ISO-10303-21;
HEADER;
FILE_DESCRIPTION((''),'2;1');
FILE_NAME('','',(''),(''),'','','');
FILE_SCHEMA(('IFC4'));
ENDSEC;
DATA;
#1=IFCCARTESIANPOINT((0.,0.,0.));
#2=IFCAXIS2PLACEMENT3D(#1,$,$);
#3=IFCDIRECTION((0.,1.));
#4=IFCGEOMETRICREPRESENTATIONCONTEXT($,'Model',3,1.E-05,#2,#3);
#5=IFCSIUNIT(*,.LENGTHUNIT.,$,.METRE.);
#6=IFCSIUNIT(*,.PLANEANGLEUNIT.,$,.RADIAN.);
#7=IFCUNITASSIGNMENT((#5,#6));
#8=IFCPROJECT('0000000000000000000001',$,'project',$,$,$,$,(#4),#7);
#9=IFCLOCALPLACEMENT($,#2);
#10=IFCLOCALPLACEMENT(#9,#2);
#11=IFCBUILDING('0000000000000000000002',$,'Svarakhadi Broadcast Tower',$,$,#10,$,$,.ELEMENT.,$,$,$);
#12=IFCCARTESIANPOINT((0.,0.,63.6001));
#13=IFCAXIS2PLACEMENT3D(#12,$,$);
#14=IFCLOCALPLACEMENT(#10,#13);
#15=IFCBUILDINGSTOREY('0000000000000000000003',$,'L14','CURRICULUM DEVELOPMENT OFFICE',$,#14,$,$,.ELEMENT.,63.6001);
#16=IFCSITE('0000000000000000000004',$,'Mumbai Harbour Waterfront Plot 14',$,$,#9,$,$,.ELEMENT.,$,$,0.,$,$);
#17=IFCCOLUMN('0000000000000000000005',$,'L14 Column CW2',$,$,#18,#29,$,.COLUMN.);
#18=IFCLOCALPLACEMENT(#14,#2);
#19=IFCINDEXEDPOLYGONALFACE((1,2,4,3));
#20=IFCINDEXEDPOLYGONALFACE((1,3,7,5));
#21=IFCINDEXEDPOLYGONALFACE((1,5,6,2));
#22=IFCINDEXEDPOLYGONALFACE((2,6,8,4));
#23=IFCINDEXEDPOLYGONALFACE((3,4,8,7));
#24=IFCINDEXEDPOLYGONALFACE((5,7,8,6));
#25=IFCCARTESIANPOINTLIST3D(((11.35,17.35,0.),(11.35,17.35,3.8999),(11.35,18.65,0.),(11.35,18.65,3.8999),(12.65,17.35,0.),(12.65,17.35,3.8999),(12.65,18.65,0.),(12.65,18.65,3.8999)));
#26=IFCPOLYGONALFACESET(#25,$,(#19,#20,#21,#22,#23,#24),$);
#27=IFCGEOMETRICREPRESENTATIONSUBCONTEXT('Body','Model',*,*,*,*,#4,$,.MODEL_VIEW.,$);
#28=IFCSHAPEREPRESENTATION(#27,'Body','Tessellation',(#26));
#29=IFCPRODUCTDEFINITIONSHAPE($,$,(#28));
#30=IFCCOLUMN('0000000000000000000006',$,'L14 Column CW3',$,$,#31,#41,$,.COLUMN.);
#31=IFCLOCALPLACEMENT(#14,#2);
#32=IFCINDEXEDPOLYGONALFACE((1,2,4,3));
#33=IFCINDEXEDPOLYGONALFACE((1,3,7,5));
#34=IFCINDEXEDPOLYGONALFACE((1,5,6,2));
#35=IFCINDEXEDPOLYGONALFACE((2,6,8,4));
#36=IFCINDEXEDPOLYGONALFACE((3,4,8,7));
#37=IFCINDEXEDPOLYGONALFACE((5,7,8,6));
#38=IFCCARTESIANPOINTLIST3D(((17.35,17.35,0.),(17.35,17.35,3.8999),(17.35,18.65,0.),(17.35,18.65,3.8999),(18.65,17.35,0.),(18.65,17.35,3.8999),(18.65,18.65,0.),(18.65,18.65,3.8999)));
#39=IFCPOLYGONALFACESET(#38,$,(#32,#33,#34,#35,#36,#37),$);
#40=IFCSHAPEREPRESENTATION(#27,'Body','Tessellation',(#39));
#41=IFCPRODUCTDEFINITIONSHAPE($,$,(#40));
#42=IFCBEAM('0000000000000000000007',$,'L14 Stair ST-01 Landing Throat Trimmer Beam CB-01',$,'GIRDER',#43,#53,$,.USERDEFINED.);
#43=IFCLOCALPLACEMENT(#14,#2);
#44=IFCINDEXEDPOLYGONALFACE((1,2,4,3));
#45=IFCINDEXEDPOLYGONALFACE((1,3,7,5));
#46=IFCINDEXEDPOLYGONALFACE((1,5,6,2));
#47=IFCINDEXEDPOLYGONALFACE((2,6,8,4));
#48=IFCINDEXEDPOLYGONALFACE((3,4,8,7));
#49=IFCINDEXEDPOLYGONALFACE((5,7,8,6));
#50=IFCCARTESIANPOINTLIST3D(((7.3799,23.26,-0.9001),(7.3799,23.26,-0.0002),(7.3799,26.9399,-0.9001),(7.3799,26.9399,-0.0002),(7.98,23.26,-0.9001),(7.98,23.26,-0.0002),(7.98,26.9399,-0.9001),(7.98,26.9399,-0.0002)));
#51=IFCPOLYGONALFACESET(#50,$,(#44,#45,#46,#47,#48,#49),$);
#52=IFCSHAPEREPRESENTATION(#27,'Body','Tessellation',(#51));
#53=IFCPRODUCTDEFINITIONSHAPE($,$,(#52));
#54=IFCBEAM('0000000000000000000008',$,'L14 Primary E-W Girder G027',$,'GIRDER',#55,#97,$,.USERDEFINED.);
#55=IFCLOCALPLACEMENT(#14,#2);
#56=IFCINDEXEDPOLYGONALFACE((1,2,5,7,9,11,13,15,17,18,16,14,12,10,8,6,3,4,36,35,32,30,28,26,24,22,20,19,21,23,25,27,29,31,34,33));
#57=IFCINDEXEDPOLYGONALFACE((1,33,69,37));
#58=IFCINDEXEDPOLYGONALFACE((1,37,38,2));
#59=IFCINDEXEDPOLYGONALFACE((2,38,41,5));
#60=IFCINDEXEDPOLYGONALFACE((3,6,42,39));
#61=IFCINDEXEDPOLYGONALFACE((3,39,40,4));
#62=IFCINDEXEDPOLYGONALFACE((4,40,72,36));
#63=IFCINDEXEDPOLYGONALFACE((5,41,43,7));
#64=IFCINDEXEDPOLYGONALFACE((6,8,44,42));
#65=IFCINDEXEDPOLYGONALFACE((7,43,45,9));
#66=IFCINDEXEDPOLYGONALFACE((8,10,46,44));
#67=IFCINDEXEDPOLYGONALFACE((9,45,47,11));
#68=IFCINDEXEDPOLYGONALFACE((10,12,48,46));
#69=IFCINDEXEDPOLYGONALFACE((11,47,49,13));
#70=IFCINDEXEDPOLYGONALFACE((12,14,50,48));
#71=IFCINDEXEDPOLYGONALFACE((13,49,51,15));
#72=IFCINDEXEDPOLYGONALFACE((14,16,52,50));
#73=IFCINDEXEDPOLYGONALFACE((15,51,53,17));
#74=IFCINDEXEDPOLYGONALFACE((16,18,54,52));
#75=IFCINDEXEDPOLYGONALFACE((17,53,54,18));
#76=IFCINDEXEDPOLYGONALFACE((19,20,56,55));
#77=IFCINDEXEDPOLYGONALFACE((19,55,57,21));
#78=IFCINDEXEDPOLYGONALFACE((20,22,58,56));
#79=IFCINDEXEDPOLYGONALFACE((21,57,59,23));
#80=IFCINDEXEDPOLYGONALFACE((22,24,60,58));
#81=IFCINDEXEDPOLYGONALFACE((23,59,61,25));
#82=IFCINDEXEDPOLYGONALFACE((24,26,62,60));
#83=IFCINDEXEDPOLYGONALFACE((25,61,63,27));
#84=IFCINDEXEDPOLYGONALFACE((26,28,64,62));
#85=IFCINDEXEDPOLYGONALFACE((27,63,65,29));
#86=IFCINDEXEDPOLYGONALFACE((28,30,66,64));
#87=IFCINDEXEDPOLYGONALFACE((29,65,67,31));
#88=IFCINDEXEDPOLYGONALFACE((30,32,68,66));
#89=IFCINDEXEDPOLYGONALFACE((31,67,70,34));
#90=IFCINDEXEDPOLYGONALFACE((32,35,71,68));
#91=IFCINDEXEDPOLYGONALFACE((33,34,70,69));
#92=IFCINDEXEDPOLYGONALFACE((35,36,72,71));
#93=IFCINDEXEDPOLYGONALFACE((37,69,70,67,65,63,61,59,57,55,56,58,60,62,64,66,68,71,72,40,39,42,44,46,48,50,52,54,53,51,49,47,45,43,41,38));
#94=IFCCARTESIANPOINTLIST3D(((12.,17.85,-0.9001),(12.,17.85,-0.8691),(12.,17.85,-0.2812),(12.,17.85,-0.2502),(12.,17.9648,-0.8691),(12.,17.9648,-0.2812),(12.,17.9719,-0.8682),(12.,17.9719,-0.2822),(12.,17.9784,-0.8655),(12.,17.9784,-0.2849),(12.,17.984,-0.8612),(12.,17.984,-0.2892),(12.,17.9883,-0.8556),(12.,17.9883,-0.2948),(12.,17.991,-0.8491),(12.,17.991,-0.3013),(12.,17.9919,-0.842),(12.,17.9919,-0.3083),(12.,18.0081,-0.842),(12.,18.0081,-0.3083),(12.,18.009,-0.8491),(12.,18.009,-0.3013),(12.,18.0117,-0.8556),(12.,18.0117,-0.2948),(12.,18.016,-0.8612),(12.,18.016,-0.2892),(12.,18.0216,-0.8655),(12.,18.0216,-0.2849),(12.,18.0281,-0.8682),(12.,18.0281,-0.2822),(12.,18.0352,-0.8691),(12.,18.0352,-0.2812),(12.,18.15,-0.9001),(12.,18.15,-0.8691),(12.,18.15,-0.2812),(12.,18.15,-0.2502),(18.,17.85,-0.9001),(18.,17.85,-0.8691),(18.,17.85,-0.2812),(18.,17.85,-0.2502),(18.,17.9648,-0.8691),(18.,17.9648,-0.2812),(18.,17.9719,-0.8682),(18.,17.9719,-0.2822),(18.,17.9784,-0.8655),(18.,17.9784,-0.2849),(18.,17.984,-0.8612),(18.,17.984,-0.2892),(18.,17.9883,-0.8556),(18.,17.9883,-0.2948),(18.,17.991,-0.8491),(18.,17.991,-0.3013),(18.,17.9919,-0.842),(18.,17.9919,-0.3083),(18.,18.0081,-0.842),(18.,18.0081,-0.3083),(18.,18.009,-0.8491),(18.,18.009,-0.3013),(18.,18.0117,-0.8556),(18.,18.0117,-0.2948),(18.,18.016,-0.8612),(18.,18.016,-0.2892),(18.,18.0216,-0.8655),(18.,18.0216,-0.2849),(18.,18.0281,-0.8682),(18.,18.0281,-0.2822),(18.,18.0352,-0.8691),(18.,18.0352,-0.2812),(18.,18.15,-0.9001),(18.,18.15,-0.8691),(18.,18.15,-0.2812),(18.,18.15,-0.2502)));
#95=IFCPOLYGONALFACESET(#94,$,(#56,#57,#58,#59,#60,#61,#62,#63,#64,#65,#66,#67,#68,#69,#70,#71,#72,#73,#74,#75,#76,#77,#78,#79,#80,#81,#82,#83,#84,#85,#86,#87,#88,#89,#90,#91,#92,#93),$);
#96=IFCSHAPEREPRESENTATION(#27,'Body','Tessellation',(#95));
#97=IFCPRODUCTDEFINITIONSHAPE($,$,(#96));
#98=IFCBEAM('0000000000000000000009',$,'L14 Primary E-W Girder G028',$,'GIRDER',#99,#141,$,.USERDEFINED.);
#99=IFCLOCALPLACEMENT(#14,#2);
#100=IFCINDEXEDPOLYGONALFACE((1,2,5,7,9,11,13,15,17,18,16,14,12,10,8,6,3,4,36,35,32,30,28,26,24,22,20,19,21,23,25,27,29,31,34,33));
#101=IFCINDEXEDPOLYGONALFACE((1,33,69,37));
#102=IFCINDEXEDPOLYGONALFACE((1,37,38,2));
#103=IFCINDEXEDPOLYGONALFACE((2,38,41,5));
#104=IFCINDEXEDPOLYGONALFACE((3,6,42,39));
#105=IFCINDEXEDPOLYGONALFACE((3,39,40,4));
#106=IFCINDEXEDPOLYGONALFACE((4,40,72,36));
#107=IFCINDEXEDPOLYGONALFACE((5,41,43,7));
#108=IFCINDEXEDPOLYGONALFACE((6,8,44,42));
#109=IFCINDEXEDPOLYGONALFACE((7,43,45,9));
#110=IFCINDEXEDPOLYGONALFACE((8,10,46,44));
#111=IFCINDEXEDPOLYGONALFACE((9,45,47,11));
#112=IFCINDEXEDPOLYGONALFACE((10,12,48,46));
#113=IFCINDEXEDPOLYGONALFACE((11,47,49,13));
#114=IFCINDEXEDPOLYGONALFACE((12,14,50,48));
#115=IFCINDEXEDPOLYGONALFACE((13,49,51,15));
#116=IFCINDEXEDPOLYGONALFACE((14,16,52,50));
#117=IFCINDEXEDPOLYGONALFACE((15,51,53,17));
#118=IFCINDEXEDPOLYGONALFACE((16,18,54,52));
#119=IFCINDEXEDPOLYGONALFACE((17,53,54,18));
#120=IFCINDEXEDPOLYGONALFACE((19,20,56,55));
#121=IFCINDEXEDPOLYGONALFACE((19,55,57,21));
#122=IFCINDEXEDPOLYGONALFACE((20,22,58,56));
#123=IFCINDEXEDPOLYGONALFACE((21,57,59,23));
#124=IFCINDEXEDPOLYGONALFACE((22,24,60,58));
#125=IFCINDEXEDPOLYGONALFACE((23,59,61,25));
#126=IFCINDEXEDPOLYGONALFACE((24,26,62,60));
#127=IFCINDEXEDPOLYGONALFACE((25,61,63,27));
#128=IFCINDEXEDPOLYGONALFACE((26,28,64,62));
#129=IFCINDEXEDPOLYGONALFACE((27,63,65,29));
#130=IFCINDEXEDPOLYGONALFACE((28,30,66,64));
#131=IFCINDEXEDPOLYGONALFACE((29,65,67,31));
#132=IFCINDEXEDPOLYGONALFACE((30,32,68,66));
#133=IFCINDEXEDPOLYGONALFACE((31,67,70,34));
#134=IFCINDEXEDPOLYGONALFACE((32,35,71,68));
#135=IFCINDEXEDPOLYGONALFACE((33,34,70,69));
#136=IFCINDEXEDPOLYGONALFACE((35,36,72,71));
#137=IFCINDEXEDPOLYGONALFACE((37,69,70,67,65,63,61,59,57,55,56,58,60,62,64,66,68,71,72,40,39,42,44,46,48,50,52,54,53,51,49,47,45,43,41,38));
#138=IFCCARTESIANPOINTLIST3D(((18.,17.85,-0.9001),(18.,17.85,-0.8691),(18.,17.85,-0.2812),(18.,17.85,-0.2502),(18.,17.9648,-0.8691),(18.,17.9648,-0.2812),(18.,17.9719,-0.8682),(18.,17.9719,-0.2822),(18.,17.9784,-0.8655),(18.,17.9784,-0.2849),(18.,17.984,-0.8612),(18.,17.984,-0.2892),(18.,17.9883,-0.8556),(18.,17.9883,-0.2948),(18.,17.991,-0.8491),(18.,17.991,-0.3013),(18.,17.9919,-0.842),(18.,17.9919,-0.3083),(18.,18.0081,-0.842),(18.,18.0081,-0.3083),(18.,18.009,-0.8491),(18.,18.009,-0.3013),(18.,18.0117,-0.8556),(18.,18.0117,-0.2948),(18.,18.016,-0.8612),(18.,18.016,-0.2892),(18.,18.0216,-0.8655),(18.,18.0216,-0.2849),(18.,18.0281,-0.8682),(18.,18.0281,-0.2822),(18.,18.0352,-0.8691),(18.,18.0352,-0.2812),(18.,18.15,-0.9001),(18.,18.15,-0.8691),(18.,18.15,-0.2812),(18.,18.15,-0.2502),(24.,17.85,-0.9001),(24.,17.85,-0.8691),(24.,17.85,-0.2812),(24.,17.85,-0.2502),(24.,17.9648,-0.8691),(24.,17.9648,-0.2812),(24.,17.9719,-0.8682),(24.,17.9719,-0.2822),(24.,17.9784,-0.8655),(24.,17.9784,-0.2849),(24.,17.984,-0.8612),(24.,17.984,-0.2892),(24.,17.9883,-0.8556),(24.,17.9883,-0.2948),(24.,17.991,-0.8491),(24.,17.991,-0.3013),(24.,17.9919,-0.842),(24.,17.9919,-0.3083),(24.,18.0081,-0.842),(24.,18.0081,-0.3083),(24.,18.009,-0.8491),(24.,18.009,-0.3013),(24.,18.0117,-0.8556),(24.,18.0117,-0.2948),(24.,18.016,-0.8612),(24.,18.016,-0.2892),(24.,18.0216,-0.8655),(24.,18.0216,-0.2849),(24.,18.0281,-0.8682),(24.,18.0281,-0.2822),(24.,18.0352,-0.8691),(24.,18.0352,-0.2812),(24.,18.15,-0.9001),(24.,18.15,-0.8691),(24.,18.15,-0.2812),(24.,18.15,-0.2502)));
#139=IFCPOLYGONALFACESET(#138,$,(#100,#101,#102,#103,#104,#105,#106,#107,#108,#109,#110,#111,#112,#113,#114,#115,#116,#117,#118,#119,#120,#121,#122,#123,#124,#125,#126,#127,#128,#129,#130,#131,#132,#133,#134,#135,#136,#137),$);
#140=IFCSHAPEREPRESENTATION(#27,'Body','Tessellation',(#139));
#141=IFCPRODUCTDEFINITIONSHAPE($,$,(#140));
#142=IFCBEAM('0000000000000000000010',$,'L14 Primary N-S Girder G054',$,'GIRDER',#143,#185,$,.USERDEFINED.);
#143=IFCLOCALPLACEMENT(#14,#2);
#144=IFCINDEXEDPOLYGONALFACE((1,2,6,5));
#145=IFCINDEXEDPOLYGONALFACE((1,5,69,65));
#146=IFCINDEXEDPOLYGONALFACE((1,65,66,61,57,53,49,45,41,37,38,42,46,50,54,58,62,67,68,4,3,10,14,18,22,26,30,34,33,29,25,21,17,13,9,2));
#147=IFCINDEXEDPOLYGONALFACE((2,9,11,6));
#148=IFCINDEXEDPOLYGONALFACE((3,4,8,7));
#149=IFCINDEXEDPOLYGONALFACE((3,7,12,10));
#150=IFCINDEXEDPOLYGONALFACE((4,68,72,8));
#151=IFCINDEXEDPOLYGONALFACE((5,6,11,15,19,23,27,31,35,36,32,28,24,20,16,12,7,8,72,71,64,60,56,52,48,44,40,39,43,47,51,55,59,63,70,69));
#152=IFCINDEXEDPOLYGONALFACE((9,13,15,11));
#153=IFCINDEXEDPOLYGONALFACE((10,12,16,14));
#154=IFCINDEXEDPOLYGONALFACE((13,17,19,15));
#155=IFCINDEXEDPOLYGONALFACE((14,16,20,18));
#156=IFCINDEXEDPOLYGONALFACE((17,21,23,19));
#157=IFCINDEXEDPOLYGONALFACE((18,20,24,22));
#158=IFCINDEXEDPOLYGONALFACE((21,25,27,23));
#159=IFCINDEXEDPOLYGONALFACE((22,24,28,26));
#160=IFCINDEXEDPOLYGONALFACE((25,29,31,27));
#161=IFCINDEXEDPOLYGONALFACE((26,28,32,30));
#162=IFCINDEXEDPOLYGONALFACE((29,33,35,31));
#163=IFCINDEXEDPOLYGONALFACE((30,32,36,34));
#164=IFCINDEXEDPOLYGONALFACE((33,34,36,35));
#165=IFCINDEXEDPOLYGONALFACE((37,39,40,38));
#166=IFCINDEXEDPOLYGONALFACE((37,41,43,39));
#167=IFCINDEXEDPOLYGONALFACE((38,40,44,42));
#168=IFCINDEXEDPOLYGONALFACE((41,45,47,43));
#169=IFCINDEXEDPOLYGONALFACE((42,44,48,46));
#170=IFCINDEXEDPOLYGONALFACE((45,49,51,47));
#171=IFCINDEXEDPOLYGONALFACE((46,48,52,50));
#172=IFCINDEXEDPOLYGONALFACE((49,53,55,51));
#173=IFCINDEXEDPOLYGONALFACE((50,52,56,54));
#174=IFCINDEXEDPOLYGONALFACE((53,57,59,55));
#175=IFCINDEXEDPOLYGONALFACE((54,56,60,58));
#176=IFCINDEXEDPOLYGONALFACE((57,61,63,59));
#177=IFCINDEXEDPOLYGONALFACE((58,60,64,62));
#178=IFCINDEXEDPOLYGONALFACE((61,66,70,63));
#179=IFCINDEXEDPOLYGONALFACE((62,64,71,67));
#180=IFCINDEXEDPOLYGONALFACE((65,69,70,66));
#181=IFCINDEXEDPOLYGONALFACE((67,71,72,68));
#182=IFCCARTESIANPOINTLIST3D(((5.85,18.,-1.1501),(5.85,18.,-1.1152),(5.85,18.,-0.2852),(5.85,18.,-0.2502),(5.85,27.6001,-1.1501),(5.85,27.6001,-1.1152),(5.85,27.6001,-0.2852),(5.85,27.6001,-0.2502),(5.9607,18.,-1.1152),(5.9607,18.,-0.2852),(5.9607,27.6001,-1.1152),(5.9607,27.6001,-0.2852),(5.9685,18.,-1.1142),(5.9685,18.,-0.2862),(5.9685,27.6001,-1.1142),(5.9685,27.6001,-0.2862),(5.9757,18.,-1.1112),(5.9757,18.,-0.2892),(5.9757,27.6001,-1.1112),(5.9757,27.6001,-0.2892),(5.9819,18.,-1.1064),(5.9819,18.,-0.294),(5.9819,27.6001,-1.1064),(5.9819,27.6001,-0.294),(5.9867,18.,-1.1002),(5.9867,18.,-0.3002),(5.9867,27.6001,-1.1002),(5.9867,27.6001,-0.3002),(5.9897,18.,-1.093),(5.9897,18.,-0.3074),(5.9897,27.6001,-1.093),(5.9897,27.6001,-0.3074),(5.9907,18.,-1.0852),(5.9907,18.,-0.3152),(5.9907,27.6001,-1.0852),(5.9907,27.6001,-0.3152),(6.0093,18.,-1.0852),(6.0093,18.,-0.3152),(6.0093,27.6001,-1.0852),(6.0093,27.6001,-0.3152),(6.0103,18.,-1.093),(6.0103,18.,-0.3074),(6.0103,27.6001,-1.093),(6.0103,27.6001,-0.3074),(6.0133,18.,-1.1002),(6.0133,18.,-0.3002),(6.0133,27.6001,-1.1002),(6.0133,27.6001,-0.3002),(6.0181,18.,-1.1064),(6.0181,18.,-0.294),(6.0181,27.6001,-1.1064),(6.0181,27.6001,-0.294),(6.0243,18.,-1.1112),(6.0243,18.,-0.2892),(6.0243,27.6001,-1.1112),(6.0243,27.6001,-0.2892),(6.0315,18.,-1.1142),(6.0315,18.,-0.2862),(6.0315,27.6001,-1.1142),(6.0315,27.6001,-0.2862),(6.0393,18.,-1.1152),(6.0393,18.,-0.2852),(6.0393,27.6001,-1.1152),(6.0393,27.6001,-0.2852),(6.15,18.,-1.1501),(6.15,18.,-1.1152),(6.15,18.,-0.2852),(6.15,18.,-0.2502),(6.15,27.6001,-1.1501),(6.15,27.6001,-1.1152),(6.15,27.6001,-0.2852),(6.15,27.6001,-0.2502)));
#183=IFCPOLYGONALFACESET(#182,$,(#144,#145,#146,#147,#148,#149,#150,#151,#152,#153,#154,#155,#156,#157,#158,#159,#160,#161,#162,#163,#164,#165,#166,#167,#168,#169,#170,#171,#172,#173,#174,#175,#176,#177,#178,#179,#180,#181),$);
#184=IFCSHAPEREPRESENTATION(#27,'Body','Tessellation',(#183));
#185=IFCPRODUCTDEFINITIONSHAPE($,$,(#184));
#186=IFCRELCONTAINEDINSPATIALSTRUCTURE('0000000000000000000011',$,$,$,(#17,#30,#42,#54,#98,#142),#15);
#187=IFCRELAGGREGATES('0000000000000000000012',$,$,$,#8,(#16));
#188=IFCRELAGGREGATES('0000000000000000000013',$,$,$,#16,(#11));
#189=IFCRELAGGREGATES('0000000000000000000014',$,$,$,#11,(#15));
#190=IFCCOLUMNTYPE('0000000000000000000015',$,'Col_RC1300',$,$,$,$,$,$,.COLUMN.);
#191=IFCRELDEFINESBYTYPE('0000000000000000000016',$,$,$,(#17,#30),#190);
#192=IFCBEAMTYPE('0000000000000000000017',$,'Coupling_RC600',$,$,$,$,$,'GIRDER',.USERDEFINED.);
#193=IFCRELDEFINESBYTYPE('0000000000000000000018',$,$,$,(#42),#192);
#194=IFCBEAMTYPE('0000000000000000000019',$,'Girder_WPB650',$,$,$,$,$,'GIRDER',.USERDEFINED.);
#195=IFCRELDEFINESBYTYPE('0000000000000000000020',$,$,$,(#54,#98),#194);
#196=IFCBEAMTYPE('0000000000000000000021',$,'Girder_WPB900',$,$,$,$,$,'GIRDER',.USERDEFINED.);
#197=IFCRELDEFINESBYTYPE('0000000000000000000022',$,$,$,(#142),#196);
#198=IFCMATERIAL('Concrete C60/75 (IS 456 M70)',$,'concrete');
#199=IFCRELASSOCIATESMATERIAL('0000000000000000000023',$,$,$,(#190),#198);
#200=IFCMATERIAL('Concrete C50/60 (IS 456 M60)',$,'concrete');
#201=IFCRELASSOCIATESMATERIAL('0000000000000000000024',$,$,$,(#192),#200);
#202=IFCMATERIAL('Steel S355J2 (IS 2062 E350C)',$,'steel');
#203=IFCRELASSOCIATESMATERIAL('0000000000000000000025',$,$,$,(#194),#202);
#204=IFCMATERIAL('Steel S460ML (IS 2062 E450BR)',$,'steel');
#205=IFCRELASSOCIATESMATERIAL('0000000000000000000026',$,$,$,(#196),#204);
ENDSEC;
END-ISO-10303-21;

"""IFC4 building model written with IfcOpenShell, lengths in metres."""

from ifc_helpers import new_model, si_unit, direction, frame, origin, origin_2d, place, context, subcontext, project, spatial, rectangle, i_section, extrude, material, material_profile, profile_set, type_object, element, save


model = new_model("IFC4")

# Units and contexts
model_context = context("Model", 3, precision=1e-05, world=origin(), true_north=direction((0.0, 1.0)))
body_context = subcontext(model_context, "Body", "Model", "MODEL_VIEW")
ifc_project = project(units=[si_unit("LENGTHUNIT", "METRE"), si_unit("PLANEANGLEUNIT", "RADIAN")], contexts=[model_context])

# Site, building, storey
site_placement = place(None, origin())
site = spatial("IfcSite", under=ifc_project, at=site_placement, Name="Mumbai Harbour Waterfront Plot 14", CompositionType="ELEMENT", RefElevation=0.0)
building_placement = place(site_placement, origin())
building = spatial("IfcBuilding", under=site, at=building_placement, Name="Svarakhadi Broadcast Tower", CompositionType="ELEMENT")
storey_placement = place(building_placement, frame((0.0, 0.0, 63.6001)))
storey = spatial("IfcBuildingStorey", under=building, at=storey_placement, Name="L14", Description="CURRICULUM DEVELOPMENT OFFICE", CompositionType="ELEMENT", Elevation=63.6001)

# Columns
ifc_material_1 = material(Name="Concrete C60/75 (IS 456 M70)", Category="concrete")
ifc_material_profile_1 = material_profile(ifc_material_1, rectangle(XDim=1.3, YDim=1.3, at=origin_2d()), Name="RC 1300x1300")
ifc_profile_set_1 = profile_set([ifc_material_profile_1], Name="Concrete C60/75 (IS 456 M70)")
column_type = type_object("IfcColumnType", Name="Col_RC1300", PredefinedType="COLUMN", material=ifc_profile_set_1)
for number, where, z_axis, x_axis, name in (
    (1, (12.0, 18.0, 0.0), (0.0, 0.0, 1.0), (1.0, 0.0, 0.0), "L14 Column CW2"),
    (2, (18.0, 18.0, 0.0), (0.0, 0.0, 1.0), (1.0, 0.0, 0.0), "L14 Column CW3"),
):
    element("IfcColumn", number, at=place(storey_placement, frame(where, z_axis=z_axis, x_axis=x_axis)), inside=storey, type_object=column_type, Name=name, PredefinedType="COLUMN", context=body_context, shape_type="SweptSolid", body=[
        extrude(rectangle(XDim=1.3, YDim=1.3, at=origin_2d()), origin(), (0.0, 0.0, 1.0), 3.8999),
    ])

# Beams
ifc_material_2 = material(Name="Concrete C50/60 (IS 456 M60)", Category="concrete")
ifc_material_profile_2 = material_profile(ifc_material_2, rectangle(XDim=0.6001, YDim=0.8999, at=origin_2d()), Name="RC 600x900")
ifc_profile_set_2 = profile_set([ifc_material_profile_2], Name="Concrete C50/60 (IS 456 M60)")
beam_type_1 = type_object("IfcBeamType", Name="Coupling_RC600", ElementType="GIRDER", PredefinedType="USERDEFINED", material=ifc_profile_set_2)
beam_placement = place(storey_placement, frame((7.6799, 23.26, -0.4502), z_axis=(0.0, 1.0, 0.0), x_axis=(-1.0, 0.0, 0.0)))
element("IfcBeam", 3, at=beam_placement, inside=storey, type_object=beam_type_1, Name="L14 Stair ST-01 Landing Throat Trimmer Beam CB-01", ObjectType="GIRDER", PredefinedType="USERDEFINED", context=body_context, shape_type="SweptSolid", body=[
    extrude(rectangle(XDim=0.6001, YDim=0.8999, at=origin_2d()), origin(), (0.0, 0.0, 1.0), 3.6799),
])
ifc_material_3 = material(Name="Steel S355J2 (IS 2062 E350C)", Category="steel")
ifc_material_profile_3 = material_profile(ifc_material_3, i_section(OverallWidth=0.3, OverallDepth=0.6499, WebThickness=0.0161, FlangeThickness=0.031, FilletRadius=0.0271, at=origin_2d()), Name="WPB 650x300x225")
ifc_profile_set_3 = profile_set([ifc_material_profile_3], Name="Steel S355J2 (IS 2062 E350C)")
beam_type_2 = type_object("IfcBeamType", Name="Girder_WPB650", ElementType="GIRDER", PredefinedType="USERDEFINED", material=ifc_profile_set_3)
for number, where, z_axis, x_axis, name in (
    (4, (12.0, 18.0, -0.5752), (1.0, 0.0, 0.0), (0.0, 1.0, 0.0), "L14 Primary E-W Girder G027"),
    (5, (18.0, 18.0, -0.5752), (1.0, 0.0, 0.0), (0.0, 1.0, 0.0), "L14 Primary E-W Girder G028"),
):
    element("IfcBeam", number, at=place(storey_placement, frame(where, z_axis=z_axis, x_axis=x_axis)), inside=storey, type_object=beam_type_2, Name=name, ObjectType="GIRDER", PredefinedType="USERDEFINED", context=body_context, shape_type="SweptSolid", body=[
        extrude(i_section(OverallWidth=0.3, OverallDepth=0.6499, WebThickness=0.0161, FlangeThickness=0.031, FilletRadius=0.0271, at=origin_2d()), origin(), (0.0, 0.0, 1.0), 6.0),
    ])
ifc_material_4 = material(Name="Steel S460ML (IS 2062 E450BR)", Category="steel")
ifc_material_profile_4 = material_profile(ifc_material_4, i_section(OverallWidth=0.3, OverallDepth=0.8999, WebThickness=0.0186, FlangeThickness=0.0349, FilletRadius=0.03, at=origin_2d()), Name="WPB 900x300x291")
ifc_profile_set_4 = profile_set([ifc_material_profile_4], Name="Steel S460ML (IS 2062 E450BR)")
beam_type_3 = type_object("IfcBeamType", Name="Girder_WPB900", ElementType="GIRDER", PredefinedType="USERDEFINED", material=ifc_profile_set_4)
for number, where, z_axis, x_axis, name in (
    (6, (6.0, 18.0, -0.7002), (0.0, 1.0, 0.0), (-1.0, 0.0, 0.0), "L14 Primary N-S Girder G054"),
):
    element("IfcBeam", number, at=place(storey_placement, frame(where, z_axis=z_axis, x_axis=x_axis)), inside=storey, type_object=beam_type_3, Name=name, ObjectType="GIRDER", PredefinedType="USERDEFINED", context=body_context, shape_type="SweptSolid", body=[
        extrude(i_section(OverallWidth=0.3, OverallDepth=0.8999, WebThickness=0.0186, FlangeThickness=0.0349, FilletRadius=0.03, at=origin_2d()), origin(), (0.0, 0.0, 1.0), 9.6001),
    ])

save(model, "model.ifc")
